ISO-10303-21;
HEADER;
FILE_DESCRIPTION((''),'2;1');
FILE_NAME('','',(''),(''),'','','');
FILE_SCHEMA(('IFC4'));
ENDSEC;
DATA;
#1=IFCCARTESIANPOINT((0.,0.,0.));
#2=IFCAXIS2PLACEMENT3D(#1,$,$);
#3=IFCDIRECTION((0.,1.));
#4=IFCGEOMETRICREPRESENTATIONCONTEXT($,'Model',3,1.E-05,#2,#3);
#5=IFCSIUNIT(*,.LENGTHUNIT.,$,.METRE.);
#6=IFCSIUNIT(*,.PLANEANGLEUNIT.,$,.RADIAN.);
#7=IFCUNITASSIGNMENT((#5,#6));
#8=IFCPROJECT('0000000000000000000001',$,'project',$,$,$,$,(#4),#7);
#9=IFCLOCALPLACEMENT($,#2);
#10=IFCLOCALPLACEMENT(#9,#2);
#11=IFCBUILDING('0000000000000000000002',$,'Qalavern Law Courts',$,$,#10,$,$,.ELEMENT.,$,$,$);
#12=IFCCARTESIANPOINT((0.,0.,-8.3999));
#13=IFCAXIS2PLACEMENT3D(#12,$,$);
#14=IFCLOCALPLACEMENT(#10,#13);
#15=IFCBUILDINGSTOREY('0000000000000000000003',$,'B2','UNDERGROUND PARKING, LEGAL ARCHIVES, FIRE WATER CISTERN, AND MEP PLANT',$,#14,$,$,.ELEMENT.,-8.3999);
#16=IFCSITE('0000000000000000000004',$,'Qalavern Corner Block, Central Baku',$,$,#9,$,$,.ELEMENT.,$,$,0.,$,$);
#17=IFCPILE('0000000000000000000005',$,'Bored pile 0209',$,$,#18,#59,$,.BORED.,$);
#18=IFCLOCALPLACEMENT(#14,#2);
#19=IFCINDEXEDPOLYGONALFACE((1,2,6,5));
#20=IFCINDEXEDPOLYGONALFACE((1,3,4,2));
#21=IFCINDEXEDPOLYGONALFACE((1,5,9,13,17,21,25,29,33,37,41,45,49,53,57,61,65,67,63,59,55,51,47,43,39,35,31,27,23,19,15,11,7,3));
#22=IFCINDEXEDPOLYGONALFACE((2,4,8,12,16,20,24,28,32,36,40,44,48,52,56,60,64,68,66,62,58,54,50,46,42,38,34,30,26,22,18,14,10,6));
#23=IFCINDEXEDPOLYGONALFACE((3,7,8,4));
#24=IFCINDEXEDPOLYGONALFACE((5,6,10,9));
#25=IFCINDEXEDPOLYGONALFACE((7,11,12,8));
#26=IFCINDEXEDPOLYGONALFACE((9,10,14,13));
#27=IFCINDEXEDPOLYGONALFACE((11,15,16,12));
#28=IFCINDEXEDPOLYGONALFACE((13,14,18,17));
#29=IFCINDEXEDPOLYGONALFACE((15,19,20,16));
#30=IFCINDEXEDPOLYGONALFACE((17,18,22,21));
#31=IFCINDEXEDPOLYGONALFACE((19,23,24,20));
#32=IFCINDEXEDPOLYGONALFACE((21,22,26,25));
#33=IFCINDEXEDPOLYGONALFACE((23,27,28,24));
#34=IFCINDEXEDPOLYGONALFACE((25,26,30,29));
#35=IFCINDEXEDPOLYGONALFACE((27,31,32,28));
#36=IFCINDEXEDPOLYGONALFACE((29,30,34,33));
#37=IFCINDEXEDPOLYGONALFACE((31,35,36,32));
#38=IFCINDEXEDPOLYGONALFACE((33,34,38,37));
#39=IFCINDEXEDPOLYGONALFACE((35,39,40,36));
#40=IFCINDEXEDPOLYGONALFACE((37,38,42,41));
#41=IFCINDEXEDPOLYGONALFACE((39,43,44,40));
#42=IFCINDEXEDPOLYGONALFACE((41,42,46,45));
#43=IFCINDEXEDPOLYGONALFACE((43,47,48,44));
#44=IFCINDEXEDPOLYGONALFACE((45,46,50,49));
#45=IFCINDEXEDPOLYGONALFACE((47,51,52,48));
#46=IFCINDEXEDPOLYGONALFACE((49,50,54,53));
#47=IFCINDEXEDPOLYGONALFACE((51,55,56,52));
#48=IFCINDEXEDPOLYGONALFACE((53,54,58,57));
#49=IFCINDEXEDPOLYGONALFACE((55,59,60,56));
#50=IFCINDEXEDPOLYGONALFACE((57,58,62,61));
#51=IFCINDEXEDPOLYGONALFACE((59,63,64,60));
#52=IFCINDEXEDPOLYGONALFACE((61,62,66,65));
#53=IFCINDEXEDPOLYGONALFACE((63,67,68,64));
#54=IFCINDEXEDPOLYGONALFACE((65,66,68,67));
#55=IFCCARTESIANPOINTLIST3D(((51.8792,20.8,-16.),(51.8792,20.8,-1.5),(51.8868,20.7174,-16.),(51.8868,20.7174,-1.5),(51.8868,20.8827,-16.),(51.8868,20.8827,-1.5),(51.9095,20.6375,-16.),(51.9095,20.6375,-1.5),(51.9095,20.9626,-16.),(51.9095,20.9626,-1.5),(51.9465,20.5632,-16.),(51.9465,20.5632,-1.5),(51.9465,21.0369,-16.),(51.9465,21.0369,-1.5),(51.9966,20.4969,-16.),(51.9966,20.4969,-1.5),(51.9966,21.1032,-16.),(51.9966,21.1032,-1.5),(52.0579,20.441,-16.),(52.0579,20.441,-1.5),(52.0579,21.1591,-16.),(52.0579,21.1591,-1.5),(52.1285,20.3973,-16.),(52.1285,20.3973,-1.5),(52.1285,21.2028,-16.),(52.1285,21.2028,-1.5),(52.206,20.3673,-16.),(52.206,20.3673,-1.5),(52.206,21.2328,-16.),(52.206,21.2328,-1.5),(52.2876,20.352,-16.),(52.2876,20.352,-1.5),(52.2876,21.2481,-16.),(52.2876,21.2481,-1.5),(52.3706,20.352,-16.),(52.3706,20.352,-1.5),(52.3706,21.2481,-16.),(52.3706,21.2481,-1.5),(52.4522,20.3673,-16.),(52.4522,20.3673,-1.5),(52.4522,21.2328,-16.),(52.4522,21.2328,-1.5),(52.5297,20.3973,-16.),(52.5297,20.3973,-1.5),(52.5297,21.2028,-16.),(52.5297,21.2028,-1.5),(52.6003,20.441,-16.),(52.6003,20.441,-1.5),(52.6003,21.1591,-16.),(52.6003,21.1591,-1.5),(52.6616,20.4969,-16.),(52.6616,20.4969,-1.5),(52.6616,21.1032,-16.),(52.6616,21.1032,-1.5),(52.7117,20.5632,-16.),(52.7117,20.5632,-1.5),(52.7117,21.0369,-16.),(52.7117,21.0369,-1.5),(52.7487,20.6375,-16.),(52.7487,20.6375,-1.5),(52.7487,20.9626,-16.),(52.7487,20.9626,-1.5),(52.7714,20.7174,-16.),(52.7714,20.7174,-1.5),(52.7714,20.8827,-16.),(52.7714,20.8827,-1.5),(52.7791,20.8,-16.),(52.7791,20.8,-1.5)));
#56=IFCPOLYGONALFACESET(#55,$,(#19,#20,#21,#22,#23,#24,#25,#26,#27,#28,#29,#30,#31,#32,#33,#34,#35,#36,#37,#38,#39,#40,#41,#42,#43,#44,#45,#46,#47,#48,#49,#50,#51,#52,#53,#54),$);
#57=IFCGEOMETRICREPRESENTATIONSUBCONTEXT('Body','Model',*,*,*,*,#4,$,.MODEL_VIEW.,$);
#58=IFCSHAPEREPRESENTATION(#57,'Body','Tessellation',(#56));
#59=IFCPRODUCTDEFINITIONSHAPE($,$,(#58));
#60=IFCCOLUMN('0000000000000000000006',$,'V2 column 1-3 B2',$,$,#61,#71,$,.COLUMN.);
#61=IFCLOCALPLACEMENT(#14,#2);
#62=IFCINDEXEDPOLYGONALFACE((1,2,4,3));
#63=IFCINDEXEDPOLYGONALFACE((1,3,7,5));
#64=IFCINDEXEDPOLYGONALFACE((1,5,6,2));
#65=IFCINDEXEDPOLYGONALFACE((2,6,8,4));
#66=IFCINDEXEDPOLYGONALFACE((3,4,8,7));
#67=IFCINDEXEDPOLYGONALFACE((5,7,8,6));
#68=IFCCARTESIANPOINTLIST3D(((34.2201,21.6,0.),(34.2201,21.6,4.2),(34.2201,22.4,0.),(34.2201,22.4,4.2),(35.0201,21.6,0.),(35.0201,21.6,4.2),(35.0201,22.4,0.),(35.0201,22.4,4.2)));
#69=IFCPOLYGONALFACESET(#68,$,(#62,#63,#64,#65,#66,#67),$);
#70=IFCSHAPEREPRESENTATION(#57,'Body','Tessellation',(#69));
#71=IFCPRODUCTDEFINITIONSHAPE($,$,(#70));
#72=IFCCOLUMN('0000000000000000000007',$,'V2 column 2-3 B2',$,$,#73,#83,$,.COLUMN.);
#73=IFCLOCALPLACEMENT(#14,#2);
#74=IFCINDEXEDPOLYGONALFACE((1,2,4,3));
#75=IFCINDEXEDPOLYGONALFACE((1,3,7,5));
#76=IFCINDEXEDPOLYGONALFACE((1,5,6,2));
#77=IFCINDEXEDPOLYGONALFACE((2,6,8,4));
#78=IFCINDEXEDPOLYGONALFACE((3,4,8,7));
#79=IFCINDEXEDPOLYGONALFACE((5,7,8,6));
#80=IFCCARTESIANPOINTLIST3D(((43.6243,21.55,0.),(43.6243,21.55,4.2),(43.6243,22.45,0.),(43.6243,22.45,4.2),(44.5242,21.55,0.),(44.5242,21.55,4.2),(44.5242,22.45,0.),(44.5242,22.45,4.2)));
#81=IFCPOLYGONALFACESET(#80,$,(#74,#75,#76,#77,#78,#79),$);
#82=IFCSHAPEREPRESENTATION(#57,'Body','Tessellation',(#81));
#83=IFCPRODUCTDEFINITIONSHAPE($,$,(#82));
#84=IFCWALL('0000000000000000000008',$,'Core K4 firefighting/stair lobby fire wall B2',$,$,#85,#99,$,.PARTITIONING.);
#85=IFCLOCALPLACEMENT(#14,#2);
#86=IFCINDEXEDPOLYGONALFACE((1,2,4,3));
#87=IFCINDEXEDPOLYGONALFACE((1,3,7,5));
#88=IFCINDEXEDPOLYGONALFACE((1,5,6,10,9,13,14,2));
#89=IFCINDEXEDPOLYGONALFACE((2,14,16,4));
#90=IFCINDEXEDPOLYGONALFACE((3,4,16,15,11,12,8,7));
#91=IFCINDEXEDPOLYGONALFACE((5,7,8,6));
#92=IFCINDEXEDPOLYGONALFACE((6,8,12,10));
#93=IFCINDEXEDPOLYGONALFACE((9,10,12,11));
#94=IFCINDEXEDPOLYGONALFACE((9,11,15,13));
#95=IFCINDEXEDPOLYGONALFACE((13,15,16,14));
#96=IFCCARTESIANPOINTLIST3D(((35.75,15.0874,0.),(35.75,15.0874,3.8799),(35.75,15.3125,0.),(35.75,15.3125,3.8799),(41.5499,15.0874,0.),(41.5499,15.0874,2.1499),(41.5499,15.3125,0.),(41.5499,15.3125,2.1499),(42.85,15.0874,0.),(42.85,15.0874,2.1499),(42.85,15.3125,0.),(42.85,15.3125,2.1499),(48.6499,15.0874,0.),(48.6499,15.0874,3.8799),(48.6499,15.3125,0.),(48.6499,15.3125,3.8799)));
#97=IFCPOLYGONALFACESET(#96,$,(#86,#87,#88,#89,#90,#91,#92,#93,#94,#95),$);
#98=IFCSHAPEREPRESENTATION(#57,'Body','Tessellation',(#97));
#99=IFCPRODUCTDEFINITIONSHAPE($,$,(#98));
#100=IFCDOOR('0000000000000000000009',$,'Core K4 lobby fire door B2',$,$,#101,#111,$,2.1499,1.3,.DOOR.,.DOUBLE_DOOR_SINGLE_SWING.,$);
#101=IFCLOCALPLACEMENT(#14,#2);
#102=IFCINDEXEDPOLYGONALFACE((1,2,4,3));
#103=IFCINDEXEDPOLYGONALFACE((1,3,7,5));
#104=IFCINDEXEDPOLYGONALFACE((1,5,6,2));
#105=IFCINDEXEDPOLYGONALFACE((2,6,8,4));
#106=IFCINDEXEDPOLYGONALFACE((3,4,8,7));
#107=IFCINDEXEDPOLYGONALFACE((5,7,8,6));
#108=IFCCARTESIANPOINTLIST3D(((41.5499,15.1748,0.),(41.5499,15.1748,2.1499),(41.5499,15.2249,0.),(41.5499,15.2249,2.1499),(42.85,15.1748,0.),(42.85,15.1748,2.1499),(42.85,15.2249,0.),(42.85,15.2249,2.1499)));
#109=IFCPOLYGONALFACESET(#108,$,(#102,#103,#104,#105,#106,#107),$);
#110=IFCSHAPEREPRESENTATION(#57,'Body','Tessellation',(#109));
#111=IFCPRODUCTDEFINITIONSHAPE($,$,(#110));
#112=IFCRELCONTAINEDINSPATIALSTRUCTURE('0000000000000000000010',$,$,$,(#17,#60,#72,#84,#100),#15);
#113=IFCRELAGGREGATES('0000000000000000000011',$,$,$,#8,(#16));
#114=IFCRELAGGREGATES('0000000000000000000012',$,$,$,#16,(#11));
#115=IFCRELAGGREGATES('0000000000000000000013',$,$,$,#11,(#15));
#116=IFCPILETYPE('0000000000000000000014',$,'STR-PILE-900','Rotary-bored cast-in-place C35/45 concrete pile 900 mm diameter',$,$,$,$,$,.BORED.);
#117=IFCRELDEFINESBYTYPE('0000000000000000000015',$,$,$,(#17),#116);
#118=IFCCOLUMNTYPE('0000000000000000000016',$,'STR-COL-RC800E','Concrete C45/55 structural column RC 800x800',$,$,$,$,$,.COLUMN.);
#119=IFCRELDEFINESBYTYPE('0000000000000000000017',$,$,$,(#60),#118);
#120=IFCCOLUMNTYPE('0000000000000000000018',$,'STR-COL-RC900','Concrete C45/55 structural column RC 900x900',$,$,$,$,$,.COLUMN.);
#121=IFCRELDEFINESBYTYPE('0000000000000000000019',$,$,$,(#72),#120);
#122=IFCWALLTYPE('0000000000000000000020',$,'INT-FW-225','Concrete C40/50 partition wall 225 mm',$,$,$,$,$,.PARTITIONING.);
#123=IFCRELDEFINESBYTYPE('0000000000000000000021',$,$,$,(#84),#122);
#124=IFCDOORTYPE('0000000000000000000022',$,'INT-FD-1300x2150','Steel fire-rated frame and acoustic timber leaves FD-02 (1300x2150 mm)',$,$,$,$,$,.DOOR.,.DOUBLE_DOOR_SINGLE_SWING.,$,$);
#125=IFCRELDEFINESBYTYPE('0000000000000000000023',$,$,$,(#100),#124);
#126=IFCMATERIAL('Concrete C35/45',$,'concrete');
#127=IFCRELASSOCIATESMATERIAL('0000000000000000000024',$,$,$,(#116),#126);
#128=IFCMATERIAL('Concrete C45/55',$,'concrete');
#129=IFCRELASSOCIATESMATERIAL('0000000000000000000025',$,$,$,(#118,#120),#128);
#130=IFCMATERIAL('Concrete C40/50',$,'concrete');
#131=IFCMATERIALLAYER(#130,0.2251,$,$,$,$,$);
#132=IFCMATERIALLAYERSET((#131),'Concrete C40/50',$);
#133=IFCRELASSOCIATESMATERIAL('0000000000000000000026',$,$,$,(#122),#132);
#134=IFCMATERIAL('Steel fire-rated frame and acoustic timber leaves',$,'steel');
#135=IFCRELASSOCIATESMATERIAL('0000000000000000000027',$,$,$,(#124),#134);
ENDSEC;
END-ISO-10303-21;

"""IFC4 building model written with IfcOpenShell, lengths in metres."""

from ifc_helpers import new_model, si_unit, direction, frame, frame_2d, origin, origin_2d, place, context, subcontext, project, spatial, rectangle, circle, extrude, material, layer, layer_set, material_profile, profile_set, type_object, element, fill, save


model = new_model("IFC4")

# Units and contexts
model_context = context("Model", 3, precision=1e-05, world=origin(), true_north=direction((0.0, 1.0)))
body_context = subcontext(model_context, "Body", "Model", "MODEL_VIEW")
ifc_project = project(units=[si_unit("LENGTHUNIT", "METRE"), si_unit("PLANEANGLEUNIT", "RADIAN")], contexts=[model_context])

# Site, building, storey
site_placement = place(None, origin())
site = spatial("IfcSite", under=ifc_project, at=site_placement, Name="Qalavern Corner Block, Central Baku", CompositionType="ELEMENT", RefElevation=0.0)
building_placement = place(site_placement, origin())
building = spatial("IfcBuilding", under=site, at=building_placement, Name="Qalavern Law Courts", CompositionType="ELEMENT")
storey_placement = place(building_placement, frame((0.0, 0.0, -8.3999)))
storey = spatial("IfcBuildingStorey", under=building, at=storey_placement, Name="B2", Description="UNDERGROUND PARKING, LEGAL ARCHIVES, FIRE WATER CISTERN, AND MEP PLANT", CompositionType="ELEMENT", Elevation=-8.3999)

# Shared definitions
ifc_material_1 = material(Name="Concrete C35/45", Category="concrete")

# Pile
ifc_material_profile_1 = material_profile(ifc_material_1, circle(Radius=0.45, at=origin_2d()), Name="BORED PILE 900")
ifc_profile_set_1 = profile_set([ifc_material_profile_1], Name="Concrete C35/45")
pile_type_1 = type_object("IfcPileType", Name="STR-PILE-900", Description="Rotary-bored cast-in-place C35/45 concrete pile 900 mm diameter", PredefinedType="BORED", material=ifc_profile_set_1)
for number, where, z_axis, x_axis, name in (
    (1, (52.3291, 20.8, -1.5), (0.0, 0.0, -1.0), (1.0, 0.0, 0.0), "Bored pile 0209"),
):
    element("IfcPile", number, at=place(storey_placement, frame(where, z_axis=z_axis, x_axis=x_axis)), inside=storey, type_object=pile_type_1, Name=name, PredefinedType="BORED", context=body_context, shape_type="SweptSolid", body=[
        extrude(circle(Radius=0.45, at=origin_2d()), origin(), (0.0, 0.0, 1.0), 14.5),
    ])

# Columns
ifc_material_2 = material(Name="Concrete C45/55", Category="concrete")
ifc_material_profile_2 = material_profile(ifc_material_2, rectangle(XDim=0.8, YDim=0.8, at=origin_2d()), Name="RC 800x800")
ifc_profile_set_2 = profile_set([ifc_material_profile_2], Name="Concrete C45/55")
column_type_1 = type_object("IfcColumnType", Name="STR-COL-RC800E", Description="Concrete C45/55 structural column RC 800x800", PredefinedType="COLUMN", material=ifc_profile_set_2)
column_1_placement = place(storey_placement, frame((34.6201, 22.0, 0.0), z_axis=(0.0, 0.0, 1.0), x_axis=(1.0, 0.0, 0.0)))
element("IfcColumn", 2, at=column_1_placement, inside=storey, type_object=column_type_1, Name="V2 column 1-3 B2", PredefinedType="COLUMN", context=body_context, shape_type="SweptSolid", body=[
    extrude(rectangle(XDim=0.8, YDim=0.8, at=origin_2d()), origin(), (0.0, 0.0, 1.0), 4.2),
])
ifc_material_profile_3 = material_profile(ifc_material_2, rectangle(XDim=0.8999, YDim=0.8999, at=origin_2d()), Name="RC 900x900")
ifc_profile_set_3 = profile_set([ifc_material_profile_3], Name="Concrete C45/55")
column_type_2 = type_object("IfcColumnType", Name="STR-COL-RC900", Description="Concrete C45/55 structural column RC 900x900", PredefinedType="COLUMN", material=ifc_profile_set_3)
column_2_placement = place(storey_placement, frame((44.0742, 22.0, 0.0), z_axis=(0.0, 0.0, 1.0), x_axis=(1.0, 0.0, 0.0)))
element("IfcColumn", 3, at=column_2_placement, inside=storey, type_object=column_type_2, Name="V2 column 2-3 B2", PredefinedType="COLUMN", context=body_context, shape_type="SweptSolid", body=[
    extrude(rectangle(XDim=0.8999, YDim=0.8999, at=origin_2d()), origin(), (0.0, 0.0, 1.0), 4.2),
])

# Wall, opening, door
ifc_material_3 = material(Name="Concrete C40/50", Category="concrete")
ifc_layer = layer(ifc_material_3, 0.2251)
ifc_layer_set = layer_set([ifc_layer], Name="Concrete C40/50")
wall_type = type_object("IfcWallType", Name="INT-FW-225", Description="Concrete C40/50 partition wall 225 mm", PredefinedType="PARTITIONING", material=ifc_layer_set)
wall_placement = place(storey_placement, frame((35.75, 15.2, 0.0), z_axis=(0.0, 0.0, 1.0), x_axis=(1.0, 0.0, 0.0)))
wall = element("IfcWall", 4, at=wall_placement, inside=storey, type_object=wall_type, Name="Core K4 firefighting/stair lobby fire wall B2", PredefinedType="PARTITIONING", context=body_context, shape_type="SweptSolid", body=[
    extrude(rectangle(XDim=12.8999, YDim=0.2251, at=frame_2d((6.45, 0.0))), origin(), (0.0, 0.0, 1.0), 3.8799),
])
opening_placement = place(wall_placement, frame((5.8, 0.0, 0.0)))
opening = element("IfcOpeningElement", 5, at=opening_placement, cuts=wall, PredefinedType="OPENING", context=body_context, shape_type="SweptSolid", body=[
    extrude(rectangle(XDim=1.3, YDim=2.1499, at=frame_2d((0.6499, 1.075))), frame((0.0, 0.1274, 0.0), z_axis=(0.0, -1.0, 0.0), x_axis=(1.0, 0.0, 0.0)), (0.0, 0.0, 1.0), 0.2549),
])
ifc_material_4 = material(Name="Steel fire-rated frame and acoustic timber leaves", Category="steel")
door_type = type_object("IfcDoorType", Name="INT-FD-1300x2150", Description="Steel fire-rated frame and acoustic timber leaves FD-02 (1300x2150 mm)", OperationType="DOUBLE_DOOR_SINGLE_SWING", PredefinedType="DOOR", material=ifc_material_4)
door_placement = place(opening_placement, origin())
door = element("IfcDoor", 6, at=door_placement, inside=storey, type_object=door_type, Name="Core K4 lobby fire door B2", OperationType="DOUBLE_DOOR_SINGLE_SWING", OverallHeight=2.1499, OverallWidth=1.3, PredefinedType="DOOR", context=body_context, shape_type="SweptSolid", body=[
    extrude(rectangle(XDim=1.3, YDim=2.1499, at=frame_2d((0.6499, 1.075))), frame((0.0, 0.0249, 0.0), z_axis=(0.0, -1.0, 0.0), x_axis=(1.0, 0.0, 0.0)), (0.0, 0.0, 1.0), 0.05),
])
fill(opening, door)

save(model, "model.ifc")
